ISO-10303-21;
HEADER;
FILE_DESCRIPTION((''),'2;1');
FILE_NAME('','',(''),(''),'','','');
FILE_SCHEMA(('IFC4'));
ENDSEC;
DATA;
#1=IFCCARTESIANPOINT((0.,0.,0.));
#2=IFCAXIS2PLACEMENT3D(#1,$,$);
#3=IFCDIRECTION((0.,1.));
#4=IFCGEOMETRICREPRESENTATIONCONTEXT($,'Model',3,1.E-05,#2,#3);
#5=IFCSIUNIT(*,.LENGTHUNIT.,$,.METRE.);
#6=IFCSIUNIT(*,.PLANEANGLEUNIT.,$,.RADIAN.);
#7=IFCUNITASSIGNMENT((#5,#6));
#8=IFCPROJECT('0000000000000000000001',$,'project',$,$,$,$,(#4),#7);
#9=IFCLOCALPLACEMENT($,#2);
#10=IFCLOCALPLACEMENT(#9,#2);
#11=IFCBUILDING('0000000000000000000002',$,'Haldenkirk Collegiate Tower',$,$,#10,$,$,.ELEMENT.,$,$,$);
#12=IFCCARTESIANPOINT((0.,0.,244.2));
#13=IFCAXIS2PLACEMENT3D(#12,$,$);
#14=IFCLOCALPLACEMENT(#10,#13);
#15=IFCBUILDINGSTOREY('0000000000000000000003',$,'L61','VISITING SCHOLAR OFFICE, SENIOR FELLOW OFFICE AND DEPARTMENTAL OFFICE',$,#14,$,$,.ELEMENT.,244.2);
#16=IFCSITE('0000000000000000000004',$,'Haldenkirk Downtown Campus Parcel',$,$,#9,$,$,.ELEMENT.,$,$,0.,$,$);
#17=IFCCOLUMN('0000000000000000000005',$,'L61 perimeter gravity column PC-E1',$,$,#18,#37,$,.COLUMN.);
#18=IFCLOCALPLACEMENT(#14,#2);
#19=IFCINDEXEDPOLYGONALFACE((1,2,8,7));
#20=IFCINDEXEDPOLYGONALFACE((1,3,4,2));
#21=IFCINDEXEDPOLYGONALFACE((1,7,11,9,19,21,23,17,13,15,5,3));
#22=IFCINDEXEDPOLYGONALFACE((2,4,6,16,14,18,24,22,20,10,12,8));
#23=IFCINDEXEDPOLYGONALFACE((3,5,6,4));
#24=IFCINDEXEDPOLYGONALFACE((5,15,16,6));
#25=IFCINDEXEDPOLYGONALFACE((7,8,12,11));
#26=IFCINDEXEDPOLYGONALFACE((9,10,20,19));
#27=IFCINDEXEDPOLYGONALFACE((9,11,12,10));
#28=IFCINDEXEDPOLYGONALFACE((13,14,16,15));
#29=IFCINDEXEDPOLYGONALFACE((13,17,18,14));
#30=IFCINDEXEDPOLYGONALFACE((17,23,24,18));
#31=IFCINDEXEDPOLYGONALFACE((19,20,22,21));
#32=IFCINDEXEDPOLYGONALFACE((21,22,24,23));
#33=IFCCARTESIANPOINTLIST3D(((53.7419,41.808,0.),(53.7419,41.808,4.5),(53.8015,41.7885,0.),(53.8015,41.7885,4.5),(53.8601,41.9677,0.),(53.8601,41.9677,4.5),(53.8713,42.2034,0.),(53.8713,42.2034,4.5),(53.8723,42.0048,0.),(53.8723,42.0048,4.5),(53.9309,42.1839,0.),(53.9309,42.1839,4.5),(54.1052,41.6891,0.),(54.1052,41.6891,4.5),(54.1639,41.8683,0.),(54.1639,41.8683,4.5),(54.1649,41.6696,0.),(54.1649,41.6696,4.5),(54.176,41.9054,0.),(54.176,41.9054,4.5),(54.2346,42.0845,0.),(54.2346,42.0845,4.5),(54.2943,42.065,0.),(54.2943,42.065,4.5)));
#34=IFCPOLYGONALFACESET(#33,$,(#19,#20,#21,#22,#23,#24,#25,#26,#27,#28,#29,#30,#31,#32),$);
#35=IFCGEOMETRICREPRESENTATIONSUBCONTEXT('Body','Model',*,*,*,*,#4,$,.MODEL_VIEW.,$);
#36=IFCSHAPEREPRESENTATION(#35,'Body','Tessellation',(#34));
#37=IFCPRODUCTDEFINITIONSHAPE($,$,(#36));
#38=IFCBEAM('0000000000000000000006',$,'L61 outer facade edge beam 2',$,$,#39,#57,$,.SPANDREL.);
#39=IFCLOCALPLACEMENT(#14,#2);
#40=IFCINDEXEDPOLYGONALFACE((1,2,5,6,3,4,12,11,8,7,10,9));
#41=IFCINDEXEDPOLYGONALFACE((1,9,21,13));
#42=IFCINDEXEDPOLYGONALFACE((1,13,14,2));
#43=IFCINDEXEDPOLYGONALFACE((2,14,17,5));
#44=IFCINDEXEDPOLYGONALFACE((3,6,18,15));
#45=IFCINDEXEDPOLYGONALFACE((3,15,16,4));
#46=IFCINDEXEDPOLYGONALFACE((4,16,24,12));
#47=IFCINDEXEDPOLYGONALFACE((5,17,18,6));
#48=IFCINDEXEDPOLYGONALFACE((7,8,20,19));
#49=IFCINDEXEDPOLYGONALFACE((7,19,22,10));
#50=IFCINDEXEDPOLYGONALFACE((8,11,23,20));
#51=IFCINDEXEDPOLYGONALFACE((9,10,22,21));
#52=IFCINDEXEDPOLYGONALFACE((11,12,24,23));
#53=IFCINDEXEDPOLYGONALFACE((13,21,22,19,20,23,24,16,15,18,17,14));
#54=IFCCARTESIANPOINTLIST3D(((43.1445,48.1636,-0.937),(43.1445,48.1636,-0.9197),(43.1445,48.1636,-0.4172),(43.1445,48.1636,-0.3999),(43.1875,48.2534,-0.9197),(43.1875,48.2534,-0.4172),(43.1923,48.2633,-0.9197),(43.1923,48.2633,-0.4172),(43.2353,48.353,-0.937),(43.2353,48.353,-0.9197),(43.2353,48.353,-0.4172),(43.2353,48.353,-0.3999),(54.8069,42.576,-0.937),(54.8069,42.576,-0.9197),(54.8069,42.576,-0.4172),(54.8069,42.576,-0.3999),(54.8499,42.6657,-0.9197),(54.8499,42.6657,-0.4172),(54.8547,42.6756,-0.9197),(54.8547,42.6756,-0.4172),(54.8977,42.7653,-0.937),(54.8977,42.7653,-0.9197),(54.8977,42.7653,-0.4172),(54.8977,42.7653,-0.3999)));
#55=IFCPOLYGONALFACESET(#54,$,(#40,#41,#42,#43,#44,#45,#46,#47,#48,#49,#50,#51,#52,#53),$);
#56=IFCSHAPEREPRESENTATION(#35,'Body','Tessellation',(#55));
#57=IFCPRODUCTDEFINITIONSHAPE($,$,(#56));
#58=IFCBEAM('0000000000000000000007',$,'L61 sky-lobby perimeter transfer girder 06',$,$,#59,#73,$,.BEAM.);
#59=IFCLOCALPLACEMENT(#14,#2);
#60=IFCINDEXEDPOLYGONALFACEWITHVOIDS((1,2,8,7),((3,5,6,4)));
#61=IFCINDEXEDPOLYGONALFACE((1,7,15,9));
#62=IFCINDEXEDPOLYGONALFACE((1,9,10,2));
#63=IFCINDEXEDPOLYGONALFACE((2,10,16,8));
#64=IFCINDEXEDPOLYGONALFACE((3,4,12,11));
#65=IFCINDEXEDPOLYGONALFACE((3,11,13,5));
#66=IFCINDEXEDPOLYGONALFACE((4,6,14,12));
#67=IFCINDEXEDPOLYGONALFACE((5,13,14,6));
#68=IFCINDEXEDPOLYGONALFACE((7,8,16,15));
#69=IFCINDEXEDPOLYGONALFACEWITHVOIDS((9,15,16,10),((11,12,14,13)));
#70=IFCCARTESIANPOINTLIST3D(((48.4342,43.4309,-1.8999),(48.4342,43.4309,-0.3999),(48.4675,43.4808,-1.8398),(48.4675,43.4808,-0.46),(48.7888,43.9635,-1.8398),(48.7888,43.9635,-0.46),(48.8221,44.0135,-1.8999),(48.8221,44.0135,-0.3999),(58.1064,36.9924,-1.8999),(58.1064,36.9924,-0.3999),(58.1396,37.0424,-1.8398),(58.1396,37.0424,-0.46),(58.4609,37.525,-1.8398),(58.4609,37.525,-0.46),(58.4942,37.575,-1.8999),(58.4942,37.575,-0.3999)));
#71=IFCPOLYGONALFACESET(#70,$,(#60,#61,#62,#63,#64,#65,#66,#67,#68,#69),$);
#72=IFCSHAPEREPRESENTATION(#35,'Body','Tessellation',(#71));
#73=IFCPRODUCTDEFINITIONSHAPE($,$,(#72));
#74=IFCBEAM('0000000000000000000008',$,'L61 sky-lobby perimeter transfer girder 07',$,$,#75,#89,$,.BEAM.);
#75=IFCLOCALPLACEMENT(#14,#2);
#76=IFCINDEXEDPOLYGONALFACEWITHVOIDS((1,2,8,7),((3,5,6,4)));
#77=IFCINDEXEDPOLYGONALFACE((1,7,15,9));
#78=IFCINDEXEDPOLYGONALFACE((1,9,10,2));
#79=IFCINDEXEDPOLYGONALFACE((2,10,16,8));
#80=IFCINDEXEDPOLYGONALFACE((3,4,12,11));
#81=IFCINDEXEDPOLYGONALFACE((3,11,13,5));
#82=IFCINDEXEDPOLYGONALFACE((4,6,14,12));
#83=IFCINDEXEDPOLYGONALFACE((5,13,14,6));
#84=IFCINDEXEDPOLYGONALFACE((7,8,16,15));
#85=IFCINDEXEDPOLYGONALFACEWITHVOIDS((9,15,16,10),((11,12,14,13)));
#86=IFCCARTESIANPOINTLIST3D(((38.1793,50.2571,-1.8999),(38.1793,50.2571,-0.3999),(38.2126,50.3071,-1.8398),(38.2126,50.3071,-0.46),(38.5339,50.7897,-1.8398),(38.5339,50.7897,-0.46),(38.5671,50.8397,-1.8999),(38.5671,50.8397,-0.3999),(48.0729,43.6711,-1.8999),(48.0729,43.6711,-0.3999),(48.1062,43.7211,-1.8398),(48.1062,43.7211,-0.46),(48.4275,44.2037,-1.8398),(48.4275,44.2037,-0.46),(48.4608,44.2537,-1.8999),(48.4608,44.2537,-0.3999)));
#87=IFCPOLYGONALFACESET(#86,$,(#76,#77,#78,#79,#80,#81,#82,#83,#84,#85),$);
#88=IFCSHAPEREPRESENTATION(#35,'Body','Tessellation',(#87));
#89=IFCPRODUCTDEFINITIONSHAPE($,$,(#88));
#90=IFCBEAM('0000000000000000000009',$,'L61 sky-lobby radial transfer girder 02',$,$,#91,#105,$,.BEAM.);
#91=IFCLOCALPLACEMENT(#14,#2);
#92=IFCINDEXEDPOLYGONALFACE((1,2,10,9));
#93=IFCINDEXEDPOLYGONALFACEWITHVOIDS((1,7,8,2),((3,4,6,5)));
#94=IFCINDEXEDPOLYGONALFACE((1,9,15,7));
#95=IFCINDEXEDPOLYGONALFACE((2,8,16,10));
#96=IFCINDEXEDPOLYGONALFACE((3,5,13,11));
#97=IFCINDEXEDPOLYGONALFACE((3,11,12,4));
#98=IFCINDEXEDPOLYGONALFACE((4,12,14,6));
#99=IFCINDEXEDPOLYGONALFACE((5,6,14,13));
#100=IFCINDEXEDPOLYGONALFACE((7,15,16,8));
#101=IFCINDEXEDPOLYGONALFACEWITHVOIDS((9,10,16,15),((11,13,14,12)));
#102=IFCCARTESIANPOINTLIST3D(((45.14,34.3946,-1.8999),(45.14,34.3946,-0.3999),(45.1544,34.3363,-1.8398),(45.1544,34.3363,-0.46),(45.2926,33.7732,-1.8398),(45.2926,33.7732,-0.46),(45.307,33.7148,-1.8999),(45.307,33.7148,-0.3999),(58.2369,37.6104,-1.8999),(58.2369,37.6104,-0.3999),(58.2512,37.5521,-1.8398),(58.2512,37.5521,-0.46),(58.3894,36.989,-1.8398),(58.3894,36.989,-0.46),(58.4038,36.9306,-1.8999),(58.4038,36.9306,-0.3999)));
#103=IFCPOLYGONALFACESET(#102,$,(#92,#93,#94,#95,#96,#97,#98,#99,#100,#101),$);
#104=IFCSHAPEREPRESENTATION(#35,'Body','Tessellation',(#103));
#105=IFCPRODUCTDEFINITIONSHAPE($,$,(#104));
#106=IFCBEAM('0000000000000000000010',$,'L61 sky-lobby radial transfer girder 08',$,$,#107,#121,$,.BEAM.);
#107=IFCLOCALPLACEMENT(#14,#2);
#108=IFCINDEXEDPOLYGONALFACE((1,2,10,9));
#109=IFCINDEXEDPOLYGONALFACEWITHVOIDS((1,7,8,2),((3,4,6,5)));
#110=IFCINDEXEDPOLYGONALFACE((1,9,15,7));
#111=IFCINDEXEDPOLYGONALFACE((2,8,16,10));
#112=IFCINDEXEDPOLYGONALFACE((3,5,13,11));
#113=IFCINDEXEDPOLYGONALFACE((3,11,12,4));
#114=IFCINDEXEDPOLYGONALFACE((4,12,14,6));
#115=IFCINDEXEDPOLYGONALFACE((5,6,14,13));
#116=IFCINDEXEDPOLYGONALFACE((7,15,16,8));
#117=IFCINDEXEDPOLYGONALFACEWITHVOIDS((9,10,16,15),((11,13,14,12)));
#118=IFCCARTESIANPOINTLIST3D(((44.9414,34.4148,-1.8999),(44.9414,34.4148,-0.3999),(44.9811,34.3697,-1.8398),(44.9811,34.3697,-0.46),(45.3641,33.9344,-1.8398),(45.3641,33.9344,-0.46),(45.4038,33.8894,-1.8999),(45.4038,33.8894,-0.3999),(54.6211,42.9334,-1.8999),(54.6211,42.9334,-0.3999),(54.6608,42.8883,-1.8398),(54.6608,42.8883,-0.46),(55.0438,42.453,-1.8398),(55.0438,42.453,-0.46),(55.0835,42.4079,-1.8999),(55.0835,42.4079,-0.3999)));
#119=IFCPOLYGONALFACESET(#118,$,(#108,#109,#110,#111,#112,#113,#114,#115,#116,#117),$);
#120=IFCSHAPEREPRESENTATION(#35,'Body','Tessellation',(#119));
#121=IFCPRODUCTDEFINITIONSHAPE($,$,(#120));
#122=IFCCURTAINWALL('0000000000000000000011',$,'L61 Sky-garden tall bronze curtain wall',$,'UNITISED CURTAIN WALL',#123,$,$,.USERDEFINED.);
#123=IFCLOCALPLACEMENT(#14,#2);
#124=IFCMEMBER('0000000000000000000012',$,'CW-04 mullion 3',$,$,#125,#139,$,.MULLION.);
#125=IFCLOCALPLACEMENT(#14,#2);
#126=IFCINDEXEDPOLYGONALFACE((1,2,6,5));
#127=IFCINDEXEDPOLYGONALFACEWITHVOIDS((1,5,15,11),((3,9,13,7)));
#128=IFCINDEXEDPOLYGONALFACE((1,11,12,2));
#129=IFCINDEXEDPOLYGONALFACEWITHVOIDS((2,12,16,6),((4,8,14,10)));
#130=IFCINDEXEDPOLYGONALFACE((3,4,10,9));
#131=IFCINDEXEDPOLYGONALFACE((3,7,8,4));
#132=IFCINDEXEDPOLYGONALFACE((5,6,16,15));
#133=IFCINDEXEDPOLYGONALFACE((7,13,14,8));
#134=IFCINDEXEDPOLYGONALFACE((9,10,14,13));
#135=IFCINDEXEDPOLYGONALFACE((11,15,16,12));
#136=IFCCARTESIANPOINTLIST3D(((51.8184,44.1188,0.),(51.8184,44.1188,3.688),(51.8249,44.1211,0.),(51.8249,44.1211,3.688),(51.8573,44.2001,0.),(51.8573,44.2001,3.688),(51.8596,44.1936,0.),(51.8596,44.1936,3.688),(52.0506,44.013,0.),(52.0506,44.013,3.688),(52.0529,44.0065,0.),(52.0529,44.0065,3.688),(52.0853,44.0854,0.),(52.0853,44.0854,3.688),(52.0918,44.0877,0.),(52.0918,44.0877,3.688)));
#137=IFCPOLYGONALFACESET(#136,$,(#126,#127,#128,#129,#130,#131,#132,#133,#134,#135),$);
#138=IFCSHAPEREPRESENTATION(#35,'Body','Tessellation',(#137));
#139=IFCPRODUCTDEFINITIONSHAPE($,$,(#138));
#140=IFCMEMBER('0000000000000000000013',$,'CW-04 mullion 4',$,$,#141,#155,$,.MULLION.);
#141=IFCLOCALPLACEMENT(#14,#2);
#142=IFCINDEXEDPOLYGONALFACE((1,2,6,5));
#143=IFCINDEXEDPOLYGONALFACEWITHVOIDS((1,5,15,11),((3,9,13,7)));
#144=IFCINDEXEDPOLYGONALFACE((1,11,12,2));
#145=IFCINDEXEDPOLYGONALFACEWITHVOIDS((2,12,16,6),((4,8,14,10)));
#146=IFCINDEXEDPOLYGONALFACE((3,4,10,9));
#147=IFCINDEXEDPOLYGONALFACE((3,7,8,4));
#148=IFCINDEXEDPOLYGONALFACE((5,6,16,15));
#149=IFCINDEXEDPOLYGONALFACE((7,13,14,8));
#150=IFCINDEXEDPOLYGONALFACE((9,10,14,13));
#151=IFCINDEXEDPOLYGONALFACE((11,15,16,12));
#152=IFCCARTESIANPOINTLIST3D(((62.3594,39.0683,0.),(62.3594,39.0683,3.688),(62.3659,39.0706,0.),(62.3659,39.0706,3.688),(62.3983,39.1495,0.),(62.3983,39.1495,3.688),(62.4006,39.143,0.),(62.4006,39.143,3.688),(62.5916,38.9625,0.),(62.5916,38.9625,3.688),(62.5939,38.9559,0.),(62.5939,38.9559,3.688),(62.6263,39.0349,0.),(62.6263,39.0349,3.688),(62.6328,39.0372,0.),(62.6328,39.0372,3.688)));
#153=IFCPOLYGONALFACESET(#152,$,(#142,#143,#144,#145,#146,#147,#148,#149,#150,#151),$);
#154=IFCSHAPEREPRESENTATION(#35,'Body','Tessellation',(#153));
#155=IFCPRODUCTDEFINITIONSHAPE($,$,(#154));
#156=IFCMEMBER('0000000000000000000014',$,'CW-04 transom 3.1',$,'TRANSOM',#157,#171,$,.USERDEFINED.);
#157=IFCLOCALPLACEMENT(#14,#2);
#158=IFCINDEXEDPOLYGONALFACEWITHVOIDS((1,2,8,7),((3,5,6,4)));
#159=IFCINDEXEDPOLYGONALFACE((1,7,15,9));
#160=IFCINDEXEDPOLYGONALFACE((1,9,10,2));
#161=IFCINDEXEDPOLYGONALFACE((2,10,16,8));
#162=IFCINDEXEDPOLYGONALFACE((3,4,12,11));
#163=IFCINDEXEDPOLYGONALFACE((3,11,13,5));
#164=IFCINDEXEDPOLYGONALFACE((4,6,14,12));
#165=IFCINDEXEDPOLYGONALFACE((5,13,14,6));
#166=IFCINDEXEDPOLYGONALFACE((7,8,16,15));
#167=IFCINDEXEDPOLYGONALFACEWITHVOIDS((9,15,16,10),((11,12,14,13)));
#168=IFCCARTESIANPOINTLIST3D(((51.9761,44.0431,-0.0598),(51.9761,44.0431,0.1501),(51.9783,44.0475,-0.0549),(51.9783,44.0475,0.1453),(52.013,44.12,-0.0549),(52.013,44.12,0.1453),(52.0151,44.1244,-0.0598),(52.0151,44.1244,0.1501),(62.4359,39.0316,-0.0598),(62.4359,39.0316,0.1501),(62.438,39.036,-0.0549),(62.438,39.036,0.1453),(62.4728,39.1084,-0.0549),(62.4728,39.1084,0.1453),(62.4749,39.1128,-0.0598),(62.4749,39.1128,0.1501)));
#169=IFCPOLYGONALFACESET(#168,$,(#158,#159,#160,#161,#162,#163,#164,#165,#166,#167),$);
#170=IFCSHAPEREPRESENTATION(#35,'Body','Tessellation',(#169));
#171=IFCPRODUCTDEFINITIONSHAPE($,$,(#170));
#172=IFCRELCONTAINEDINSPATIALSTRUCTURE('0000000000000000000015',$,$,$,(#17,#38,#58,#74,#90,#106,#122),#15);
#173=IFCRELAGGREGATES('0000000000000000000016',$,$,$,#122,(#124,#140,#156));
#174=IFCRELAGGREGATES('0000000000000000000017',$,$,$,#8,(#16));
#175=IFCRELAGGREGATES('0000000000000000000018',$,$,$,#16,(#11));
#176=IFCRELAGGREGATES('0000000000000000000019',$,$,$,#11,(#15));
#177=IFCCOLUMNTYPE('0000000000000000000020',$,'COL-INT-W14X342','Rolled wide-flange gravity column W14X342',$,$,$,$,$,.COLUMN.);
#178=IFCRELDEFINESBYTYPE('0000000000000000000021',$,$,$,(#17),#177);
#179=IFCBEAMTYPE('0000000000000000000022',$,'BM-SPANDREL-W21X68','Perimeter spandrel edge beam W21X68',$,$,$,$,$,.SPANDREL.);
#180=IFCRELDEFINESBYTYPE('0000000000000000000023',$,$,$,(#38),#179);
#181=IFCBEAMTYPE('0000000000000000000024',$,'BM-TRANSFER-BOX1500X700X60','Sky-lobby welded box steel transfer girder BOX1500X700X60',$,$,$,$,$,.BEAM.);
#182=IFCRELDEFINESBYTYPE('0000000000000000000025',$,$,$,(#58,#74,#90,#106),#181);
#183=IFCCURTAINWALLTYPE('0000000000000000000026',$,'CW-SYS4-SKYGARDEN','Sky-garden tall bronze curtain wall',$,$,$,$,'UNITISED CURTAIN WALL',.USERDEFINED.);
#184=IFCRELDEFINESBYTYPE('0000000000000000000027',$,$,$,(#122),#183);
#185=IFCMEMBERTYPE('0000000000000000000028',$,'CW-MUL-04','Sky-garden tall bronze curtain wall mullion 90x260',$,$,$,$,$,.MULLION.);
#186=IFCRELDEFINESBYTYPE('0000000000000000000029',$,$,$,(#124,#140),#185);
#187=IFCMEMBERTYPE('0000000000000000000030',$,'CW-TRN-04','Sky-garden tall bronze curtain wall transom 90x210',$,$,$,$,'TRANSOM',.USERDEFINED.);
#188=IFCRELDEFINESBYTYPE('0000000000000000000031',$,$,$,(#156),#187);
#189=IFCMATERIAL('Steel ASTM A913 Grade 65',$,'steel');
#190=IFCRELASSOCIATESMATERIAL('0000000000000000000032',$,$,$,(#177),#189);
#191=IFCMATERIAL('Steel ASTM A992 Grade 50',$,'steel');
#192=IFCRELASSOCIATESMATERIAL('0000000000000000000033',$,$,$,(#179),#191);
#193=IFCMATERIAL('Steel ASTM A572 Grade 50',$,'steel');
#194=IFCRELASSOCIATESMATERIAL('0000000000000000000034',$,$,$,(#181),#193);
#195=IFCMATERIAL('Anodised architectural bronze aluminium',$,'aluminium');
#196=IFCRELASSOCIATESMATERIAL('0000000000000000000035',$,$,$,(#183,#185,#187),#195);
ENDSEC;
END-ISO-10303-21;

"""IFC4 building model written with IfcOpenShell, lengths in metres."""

from ifc_helpers import new_model, si_unit, direction, frame, origin, origin_2d, place, context, subcontext, project, spatial, hollow_rectangle, i_section, extrude, material, material_profile, profile_set, type_object, element, aggregate, save


model = new_model("IFC4")

# Units and contexts
model_context = context("Model", 3, precision=1e-05, world=origin(), true_north=direction((0.0, 1.0)))
body_context = subcontext(model_context, "Body", "Model", "MODEL_VIEW")
ifc_project = project(units=[si_unit("LENGTHUNIT", "METRE"), si_unit("PLANEANGLEUNIT", "RADIAN")], contexts=[model_context])

# Site, building, storey
site_placement = place(None, origin())
site = spatial("IfcSite", under=ifc_project, at=site_placement, Name="Haldenkirk Downtown Campus Parcel", CompositionType="ELEMENT", RefElevation=0.0)
building_placement = place(site_placement, origin())
building = spatial("IfcBuilding", under=site, at=building_placement, Name="Haldenkirk Collegiate Tower", CompositionType="ELEMENT")
storey_placement = place(building_placement, frame((0.0, 0.0, 244.2)))
storey = spatial("IfcBuildingStorey", under=building, at=storey_placement, Name="L61", Description="VISITING SCHOLAR OFFICE, SENIOR FELLOW OFFICE AND DEPARTMENTAL OFFICE", CompositionType="ELEMENT", Elevation=244.2)

# Column
ifc_material_1 = material(Name="Steel ASTM A913 Grade 65", Category="steel")
ifc_material_profile_1 = material_profile(ifc_material_1, i_section(OverallWidth=0.416, OverallDepth=0.4451, WebThickness=0.0391, FlangeThickness=0.0627, at=origin_2d()), Name="W14X342")
ifc_profile_set_1 = profile_set([ifc_material_profile_1], Name="Steel ASTM A913 Grade 65")
column_type = type_object("IfcColumnType", Name="COL-INT-W14X342", Description="Rolled wide-flange gravity column W14X342", PredefinedType="COLUMN", material=ifc_profile_set_1)
column_placement = place(storey_placement, frame((54.0181, 41.9365, 0.0), z_axis=(0.0, 0.0, 1.0), x_axis=(0.311008, 0.950407, 0.0)))
element("IfcColumn", 1, at=column_placement, inside=storey, type_object=column_type, Name="L61 perimeter gravity column PC-E1", PredefinedType="COLUMN", context=body_context, shape_type="SweptSolid", body=[
    extrude(i_section(OverallWidth=0.416, OverallDepth=0.4451, WebThickness=0.0391, FlangeThickness=0.0627, at=origin_2d()), origin(), (0.0, 0.0, 1.0), 4.5),
])

# Beams
ifc_material_2 = material(Name="Steel ASTM A992 Grade 50", Category="steel")
ifc_material_profile_2 = material_profile(ifc_material_2, i_section(OverallWidth=0.21, OverallDepth=0.5371, WebThickness=0.011, FlangeThickness=0.0173, at=origin_2d()), Name="W21X68")
ifc_profile_set_2 = profile_set([ifc_material_profile_2], Name="Steel ASTM A992 Grade 50")
beam_type_1 = type_object("IfcBeamType", Name="BM-SPANDREL-W21X68", Description="Perimeter spandrel edge beam W21X68", PredefinedType="SPANDREL", material=ifc_profile_set_2)
beam_1_placement = place(storey_placement, frame((54.8523, 42.6707, -0.6685), z_axis=(-0.901833, 0.432085, 0.0), x_axis=(-0.432085, -0.901833, 0.0)))
element("IfcBeam", 2, at=beam_1_placement, inside=storey, type_object=beam_type_1, Name="L61 outer facade edge beam 2", PredefinedType="SPANDREL", context=body_context, shape_type="SweptSolid", body=[
    extrude(i_section(OverallWidth=0.21, OverallDepth=0.5371, WebThickness=0.011, FlangeThickness=0.0173, at=origin_2d()), origin(), (0.0, 0.0, 1.0), 12.9319),
])
ifc_material_3 = material(Name="Steel ASTM A572 Grade 50", Category="steel")
ifc_material_profile_3 = material_profile(ifc_material_3, hollow_rectangle(XDim=0.7, YDim=1.5, WallThickness=0.0601, at=origin_2d()), Name="BOX1500X700X60")
ifc_profile_set_3 = profile_set([ifc_material_profile_3], Name="Steel ASTM A572 Grade 50")
beam_type_2 = type_object("IfcBeamType", Name="BM-TRANSFER-BOX1500X700X60", Description="Sky-lobby welded box steel transfer girder BOX1500X700X60", PredefinedType="BEAM", material=ifc_profile_set_3)
beam_2_placement = place(storey_placement, frame((58.3003, 37.2837, -1.1499), z_axis=(-0.832432, 0.554128, 0.0), x_axis=(-0.554128, -0.832432, 0.0)))
element("IfcBeam", 3, at=beam_2_placement, inside=storey, type_object=beam_type_2, Name="L61 sky-lobby perimeter transfer girder 06", PredefinedType="BEAM", context=body_context, shape_type="SweptSolid", body=[
    extrude(hollow_rectangle(XDim=0.7, YDim=1.5, WallThickness=0.0601, at=origin_2d()), origin(), (0.0, 0.0, 1.0), 11.6191),
])
beam_3_placement = place(storey_placement, frame((48.2668, 43.9624, -1.1499), z_axis=(-0.832429, 0.554131, 0.0), x_axis=(-0.554131, -0.832429, 0.0)))
element("IfcBeam", 4, at=beam_3_placement, inside=storey, type_object=beam_type_2, Name="L61 sky-lobby perimeter transfer girder 07", PredefinedType="BEAM", context=body_context, shape_type="SweptSolid", body=[
    extrude(hollow_rectangle(XDim=0.7, YDim=1.5, WallThickness=0.0601, at=origin_2d()), origin(), (0.0, 0.0, 1.0), 11.8853),
])
beam_4_placement = place(storey_placement, frame((58.3203, 37.2705, -1.1499), z_axis=(-0.971153, -0.238457, 0.0), x_axis=(0.238457, -0.971153, 0.0)))
element("IfcBeam", 5, at=beam_4_placement, inside=storey, type_object=beam_type_2, Name="L61 sky-lobby radial transfer girder 02", PredefinedType="BEAM", context=body_context, shape_type="SweptSolid", body=[
    extrude(hollow_rectangle(XDim=0.7, YDim=1.5, WallThickness=0.0601, at=origin_2d()), origin(), (0.0, 0.0, 1.0), 13.4858),
])
beam_5_placement = place(storey_placement, frame((54.8523, 42.6707, -1.1499), z_axis=(-0.750697, -0.660647, 0.0), x_axis=(0.660647, -0.750697, 0.0)))
element("IfcBeam", 6, at=beam_5_placement, inside=storey, type_object=beam_type_2, Name="L61 sky-lobby radial transfer girder 08", PredefinedType="BEAM", context=body_context, shape_type="SweptSolid", body=[
    extrude(hollow_rectangle(XDim=0.7, YDim=1.5, WallThickness=0.0601, at=origin_2d()), origin(), (0.0, 0.0, 1.0), 12.8943),
])

# Curtain wall, members
ifc_material_4 = material(Name="Anodised architectural bronze aluminium", Category="aluminium")
curtain_wall_type = type_object("IfcCurtainWallType", Name="CW-SYS4-SKYGARDEN", Description="Sky-garden tall bronze curtain wall", ElementType="UNITISED CURTAIN WALL", PredefinedType="USERDEFINED", material=ifc_material_4)
curtain_wall_placement = place(storey_placement, origin())
curtain_wall = element("IfcCurtainWall", 7, at=curtain_wall_placement, inside=storey, type_object=curtain_wall_type, Name="L61 Sky-garden tall bronze curtain wall", ObjectType="UNITISED CURTAIN WALL", PredefinedType="USERDEFINED")
ifc_material_profile_4 = material_profile(ifc_material_4, hollow_rectangle(XDim=0.0901, YDim=0.26, WallThickness=0.0049, at=origin_2d()), Name="CW-MUL-04")
ifc_profile_set_4 = profile_set([ifc_material_profile_4], Name="Anodised architectural bronze aluminium")
member_type_1 = type_object("IfcMemberType", Name="CW-MUL-04", Description="Sky-garden tall bronze curtain wall mullion 90x260", PredefinedType="MULLION", material=ifc_profile_set_4)
member_1_placement = place(storey_placement, frame((51.9551, 44.1033, 0.0), z_axis=(0.0, 0.0, 1.0), x_axis=(0.432084, 0.901833, 0.0)))
member_1 = element("IfcMember", 8, at=member_1_placement, type_object=member_type_1, Name="CW-04 mullion 3", PredefinedType="MULLION", context=body_context, shape_type="SweptSolid", body=[
    extrude(hollow_rectangle(XDim=0.0901, YDim=0.26, WallThickness=0.0049, at=origin_2d()), origin(), (0.0, 0.0, 1.0), 3.688),
])
member_2_placement = place(storey_placement, frame((62.4961, 39.0527, 0.0), z_axis=(0.0, 0.0, 1.0), x_axis=(0.432084, 0.901833, 0.0)))
member_2 = element("IfcMember", 9, at=member_2_placement, type_object=member_type_1, Name="CW-04 mullion 4", PredefinedType="MULLION", context=body_context, shape_type="SweptSolid", body=[
    extrude(hollow_rectangle(XDim=0.0901, YDim=0.26, WallThickness=0.0049, at=origin_2d()), origin(), (0.0, 0.0, 1.0), 3.688),
])
ifc_material_profile_5 = material_profile(ifc_material_4, hollow_rectangle(XDim=0.0901, YDim=0.21, WallThickness=0.0049, at=origin_2d()), Name="CW-TRN-04")
ifc_profile_set_5 = profile_set([ifc_material_profile_5], Name="Anodised architectural bronze aluminium")
member_type_2 = type_object("IfcMemberType", Name="CW-TRN-04", Description="Sky-garden tall bronze curtain wall transom 90x210", ElementType="TRANSOM", PredefinedType="USERDEFINED", material=ifc_profile_set_5)
member_3_placement = place(storey_placement, frame((51.9956, 44.0837, 0.0452), z_axis=(0.901832, -0.432087, 0.0), x_axis=(0.432087, 0.901832, 0.0)))
member_3 = element("IfcMember", 10, at=member_3_placement, type_object=member_type_2, Name="CW-04 transom 3.1", ObjectType="TRANSOM", PredefinedType="USERDEFINED", context=body_context, shape_type="SweptSolid", body=[
    extrude(hollow_rectangle(XDim=0.0901, YDim=0.21, WallThickness=0.0049, at=origin_2d()), origin(), (0.0, 0.0, 1.0), 11.5984),
])

aggregate(curtain_wall, [member_1, member_2, member_3])

save(model, "model.ifc")
